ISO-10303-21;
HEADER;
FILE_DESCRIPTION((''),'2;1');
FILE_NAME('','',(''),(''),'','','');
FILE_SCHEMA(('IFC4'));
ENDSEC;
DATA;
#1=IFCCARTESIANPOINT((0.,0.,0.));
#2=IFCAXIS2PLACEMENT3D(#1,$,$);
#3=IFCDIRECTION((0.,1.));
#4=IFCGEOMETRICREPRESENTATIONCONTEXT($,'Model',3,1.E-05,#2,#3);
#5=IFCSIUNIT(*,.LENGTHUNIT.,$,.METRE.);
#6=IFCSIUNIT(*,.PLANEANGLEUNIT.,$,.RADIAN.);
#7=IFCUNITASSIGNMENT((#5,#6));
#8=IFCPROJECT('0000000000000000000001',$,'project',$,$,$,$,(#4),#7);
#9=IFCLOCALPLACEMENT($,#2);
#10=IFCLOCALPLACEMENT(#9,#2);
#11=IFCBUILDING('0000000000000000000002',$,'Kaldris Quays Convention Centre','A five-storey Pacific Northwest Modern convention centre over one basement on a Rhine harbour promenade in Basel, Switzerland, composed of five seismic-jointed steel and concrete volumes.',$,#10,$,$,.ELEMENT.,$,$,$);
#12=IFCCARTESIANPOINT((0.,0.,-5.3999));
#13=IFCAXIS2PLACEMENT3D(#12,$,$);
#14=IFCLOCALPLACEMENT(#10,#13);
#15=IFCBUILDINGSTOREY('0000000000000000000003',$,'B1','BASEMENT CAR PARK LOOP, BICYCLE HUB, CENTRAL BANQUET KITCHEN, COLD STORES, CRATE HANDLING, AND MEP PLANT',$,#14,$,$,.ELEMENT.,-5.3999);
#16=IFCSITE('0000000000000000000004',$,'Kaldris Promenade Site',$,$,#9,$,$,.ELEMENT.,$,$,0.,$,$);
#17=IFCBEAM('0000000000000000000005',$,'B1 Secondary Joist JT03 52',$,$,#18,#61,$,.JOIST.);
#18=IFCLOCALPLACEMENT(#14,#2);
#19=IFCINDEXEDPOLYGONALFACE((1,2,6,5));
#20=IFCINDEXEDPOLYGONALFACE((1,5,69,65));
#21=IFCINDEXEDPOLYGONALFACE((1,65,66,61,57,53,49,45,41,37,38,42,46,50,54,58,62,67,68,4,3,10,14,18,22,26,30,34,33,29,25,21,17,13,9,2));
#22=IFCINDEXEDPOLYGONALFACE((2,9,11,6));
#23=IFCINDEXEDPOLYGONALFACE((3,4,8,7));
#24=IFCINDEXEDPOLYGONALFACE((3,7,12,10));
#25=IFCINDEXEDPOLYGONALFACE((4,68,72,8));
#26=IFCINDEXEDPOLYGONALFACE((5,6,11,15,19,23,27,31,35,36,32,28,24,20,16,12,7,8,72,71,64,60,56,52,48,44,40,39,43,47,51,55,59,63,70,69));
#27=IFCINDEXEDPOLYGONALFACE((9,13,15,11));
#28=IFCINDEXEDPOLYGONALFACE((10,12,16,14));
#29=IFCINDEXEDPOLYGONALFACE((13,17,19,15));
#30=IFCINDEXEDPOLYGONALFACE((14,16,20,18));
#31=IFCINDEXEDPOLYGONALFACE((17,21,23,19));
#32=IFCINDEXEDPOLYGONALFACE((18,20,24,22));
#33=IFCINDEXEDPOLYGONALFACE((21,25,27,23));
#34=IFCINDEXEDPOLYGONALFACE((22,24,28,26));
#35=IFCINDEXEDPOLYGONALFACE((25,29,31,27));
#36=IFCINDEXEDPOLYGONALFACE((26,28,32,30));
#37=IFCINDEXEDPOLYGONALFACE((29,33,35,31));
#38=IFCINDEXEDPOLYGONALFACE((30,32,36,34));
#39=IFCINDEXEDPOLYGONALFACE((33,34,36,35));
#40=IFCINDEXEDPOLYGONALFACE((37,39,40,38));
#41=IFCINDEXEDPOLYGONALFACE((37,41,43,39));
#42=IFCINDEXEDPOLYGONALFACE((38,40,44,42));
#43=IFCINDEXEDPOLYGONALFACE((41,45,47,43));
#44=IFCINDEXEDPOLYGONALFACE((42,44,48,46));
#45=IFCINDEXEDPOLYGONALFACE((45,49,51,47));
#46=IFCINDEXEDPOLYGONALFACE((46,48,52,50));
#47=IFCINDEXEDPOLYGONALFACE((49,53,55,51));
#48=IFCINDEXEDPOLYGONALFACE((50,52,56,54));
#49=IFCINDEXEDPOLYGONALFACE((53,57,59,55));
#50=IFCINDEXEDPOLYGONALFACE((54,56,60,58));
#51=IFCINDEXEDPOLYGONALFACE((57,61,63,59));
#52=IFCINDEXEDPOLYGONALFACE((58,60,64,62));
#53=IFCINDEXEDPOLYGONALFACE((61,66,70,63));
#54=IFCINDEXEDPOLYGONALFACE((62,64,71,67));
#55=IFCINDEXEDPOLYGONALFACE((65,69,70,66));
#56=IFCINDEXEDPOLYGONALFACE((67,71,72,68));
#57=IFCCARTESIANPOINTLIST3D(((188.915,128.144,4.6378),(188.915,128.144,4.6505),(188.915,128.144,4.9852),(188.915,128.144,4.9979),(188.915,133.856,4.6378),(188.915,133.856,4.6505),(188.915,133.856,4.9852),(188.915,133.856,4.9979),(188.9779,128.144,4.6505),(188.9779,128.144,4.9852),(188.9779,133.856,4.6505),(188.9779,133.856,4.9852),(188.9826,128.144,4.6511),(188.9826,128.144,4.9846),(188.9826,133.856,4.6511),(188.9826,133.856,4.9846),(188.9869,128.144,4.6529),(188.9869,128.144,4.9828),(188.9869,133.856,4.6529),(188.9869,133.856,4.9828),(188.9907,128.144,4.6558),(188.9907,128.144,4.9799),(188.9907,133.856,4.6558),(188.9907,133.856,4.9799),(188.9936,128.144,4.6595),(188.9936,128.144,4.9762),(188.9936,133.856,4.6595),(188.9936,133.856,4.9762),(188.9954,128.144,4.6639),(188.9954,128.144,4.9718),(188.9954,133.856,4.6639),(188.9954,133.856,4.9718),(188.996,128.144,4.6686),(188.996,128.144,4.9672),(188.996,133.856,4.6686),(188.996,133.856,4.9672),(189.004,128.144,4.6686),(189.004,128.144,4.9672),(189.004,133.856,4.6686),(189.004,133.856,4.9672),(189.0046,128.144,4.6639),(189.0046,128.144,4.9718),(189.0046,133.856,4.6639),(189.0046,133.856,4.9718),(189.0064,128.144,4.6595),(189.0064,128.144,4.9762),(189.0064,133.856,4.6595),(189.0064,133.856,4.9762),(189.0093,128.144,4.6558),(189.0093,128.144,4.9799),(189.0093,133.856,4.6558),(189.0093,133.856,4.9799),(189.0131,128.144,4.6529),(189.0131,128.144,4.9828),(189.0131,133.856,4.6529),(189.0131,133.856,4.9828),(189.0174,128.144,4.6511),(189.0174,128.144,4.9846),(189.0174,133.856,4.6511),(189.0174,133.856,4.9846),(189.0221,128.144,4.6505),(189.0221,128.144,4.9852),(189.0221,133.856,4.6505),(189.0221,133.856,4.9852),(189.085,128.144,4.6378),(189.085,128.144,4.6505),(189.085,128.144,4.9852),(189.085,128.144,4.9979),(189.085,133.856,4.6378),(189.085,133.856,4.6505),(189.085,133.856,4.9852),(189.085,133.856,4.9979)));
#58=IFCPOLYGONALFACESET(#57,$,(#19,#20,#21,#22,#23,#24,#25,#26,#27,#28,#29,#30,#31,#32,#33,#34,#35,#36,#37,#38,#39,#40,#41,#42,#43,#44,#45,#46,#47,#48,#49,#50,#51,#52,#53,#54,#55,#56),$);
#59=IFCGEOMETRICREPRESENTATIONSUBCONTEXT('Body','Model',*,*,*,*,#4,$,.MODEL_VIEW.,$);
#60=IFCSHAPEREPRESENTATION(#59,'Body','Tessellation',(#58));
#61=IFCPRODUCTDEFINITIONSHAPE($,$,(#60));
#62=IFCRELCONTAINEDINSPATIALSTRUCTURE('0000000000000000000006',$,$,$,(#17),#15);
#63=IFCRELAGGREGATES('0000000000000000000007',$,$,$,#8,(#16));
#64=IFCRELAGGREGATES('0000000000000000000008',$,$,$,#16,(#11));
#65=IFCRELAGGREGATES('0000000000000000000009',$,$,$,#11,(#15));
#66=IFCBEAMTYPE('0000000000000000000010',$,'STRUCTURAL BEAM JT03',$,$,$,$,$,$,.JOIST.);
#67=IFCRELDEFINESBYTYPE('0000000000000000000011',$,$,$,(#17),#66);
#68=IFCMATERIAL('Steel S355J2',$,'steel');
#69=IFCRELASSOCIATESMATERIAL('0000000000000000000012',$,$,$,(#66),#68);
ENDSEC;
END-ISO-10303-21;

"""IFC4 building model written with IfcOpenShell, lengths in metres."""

from ifc_helpers import new_model, si_unit, direction, frame, origin, origin_2d, place, context, subcontext, project, spatial, i_section, extrude, material, material_profile, profile_set, type_object, element, save


model = new_model("IFC4")

# Units and contexts
model_context = context("Model", 3, precision=1e-05, world=origin(), true_north=direction((0.0, 1.0)))
body_context = subcontext(model_context, "Body", "Model", "MODEL_VIEW")
ifc_project = project(units=[si_unit("LENGTHUNIT", "METRE"), si_unit("PLANEANGLEUNIT", "RADIAN")], contexts=[model_context])

# Site, building, storey
site_placement = place(None, origin())
site = spatial("IfcSite", under=ifc_project, at=site_placement, Name="Kaldris Promenade Site", CompositionType="ELEMENT", RefElevation=0.0)
building_placement = place(site_placement, origin())
building = spatial("IfcBuilding", under=site, at=building_placement, Name="Kaldris Quays Convention Centre", Description="A five-storey Pacific Northwest Modern convention centre over one basement on a Rhine harbour promenade in Basel, Switzerland, composed of five seismic-jointed steel and concrete volumes.", CompositionType="ELEMENT")
storey_placement = place(building_placement, frame((0.0, 0.0, -5.3999)))
storey = spatial("IfcBuildingStorey", under=building, at=storey_placement, Name="B1", Description="BASEMENT CAR PARK LOOP, BICYCLE HUB, CENTRAL BANQUET KITCHEN, COLD STORES, CRATE HANDLING, AND MEP PLANT", CompositionType="ELEMENT", Elevation=-5.3999)

# Beam
ifc_material_1 = material(Name="Steel S355J2", Category="steel")
ifc_material_profile_1 = material_profile(ifc_material_1, i_section(OverallWidth=0.1699, OverallDepth=0.3601, WebThickness=0.0081, FlangeThickness=0.0127, FilletRadius=0.0181, at=origin_2d()), Name="IPE 360")
ifc_profile_set_1 = profile_set([ifc_material_profile_1], Name="Steel S355J2")
beam_type_1 = type_object("IfcBeamType", Name="STRUCTURAL BEAM JT03", PredefinedType="JOIST", material=ifc_profile_set_1)
beam_placement = place(storey_placement, frame((189.0, 128.144, 4.8179), z_axis=(0.0, 1.0, 0.0), x_axis=(-1.0, 0.0, 0.0)))
element("IfcBeam", 1, at=beam_placement, inside=storey, type_object=beam_type_1, Name="B1 Secondary Joist JT03 52", PredefinedType="JOIST", context=body_context, shape_type="SweptSolid", body=[
    extrude(i_section(OverallWidth=0.1699, OverallDepth=0.3601, WebThickness=0.0081, FlangeThickness=0.0127, FilletRadius=0.0181, at=origin_2d()), origin(), (0.0, 0.0, 1.0), 5.7119),
])

save(model, "model.ifc")
